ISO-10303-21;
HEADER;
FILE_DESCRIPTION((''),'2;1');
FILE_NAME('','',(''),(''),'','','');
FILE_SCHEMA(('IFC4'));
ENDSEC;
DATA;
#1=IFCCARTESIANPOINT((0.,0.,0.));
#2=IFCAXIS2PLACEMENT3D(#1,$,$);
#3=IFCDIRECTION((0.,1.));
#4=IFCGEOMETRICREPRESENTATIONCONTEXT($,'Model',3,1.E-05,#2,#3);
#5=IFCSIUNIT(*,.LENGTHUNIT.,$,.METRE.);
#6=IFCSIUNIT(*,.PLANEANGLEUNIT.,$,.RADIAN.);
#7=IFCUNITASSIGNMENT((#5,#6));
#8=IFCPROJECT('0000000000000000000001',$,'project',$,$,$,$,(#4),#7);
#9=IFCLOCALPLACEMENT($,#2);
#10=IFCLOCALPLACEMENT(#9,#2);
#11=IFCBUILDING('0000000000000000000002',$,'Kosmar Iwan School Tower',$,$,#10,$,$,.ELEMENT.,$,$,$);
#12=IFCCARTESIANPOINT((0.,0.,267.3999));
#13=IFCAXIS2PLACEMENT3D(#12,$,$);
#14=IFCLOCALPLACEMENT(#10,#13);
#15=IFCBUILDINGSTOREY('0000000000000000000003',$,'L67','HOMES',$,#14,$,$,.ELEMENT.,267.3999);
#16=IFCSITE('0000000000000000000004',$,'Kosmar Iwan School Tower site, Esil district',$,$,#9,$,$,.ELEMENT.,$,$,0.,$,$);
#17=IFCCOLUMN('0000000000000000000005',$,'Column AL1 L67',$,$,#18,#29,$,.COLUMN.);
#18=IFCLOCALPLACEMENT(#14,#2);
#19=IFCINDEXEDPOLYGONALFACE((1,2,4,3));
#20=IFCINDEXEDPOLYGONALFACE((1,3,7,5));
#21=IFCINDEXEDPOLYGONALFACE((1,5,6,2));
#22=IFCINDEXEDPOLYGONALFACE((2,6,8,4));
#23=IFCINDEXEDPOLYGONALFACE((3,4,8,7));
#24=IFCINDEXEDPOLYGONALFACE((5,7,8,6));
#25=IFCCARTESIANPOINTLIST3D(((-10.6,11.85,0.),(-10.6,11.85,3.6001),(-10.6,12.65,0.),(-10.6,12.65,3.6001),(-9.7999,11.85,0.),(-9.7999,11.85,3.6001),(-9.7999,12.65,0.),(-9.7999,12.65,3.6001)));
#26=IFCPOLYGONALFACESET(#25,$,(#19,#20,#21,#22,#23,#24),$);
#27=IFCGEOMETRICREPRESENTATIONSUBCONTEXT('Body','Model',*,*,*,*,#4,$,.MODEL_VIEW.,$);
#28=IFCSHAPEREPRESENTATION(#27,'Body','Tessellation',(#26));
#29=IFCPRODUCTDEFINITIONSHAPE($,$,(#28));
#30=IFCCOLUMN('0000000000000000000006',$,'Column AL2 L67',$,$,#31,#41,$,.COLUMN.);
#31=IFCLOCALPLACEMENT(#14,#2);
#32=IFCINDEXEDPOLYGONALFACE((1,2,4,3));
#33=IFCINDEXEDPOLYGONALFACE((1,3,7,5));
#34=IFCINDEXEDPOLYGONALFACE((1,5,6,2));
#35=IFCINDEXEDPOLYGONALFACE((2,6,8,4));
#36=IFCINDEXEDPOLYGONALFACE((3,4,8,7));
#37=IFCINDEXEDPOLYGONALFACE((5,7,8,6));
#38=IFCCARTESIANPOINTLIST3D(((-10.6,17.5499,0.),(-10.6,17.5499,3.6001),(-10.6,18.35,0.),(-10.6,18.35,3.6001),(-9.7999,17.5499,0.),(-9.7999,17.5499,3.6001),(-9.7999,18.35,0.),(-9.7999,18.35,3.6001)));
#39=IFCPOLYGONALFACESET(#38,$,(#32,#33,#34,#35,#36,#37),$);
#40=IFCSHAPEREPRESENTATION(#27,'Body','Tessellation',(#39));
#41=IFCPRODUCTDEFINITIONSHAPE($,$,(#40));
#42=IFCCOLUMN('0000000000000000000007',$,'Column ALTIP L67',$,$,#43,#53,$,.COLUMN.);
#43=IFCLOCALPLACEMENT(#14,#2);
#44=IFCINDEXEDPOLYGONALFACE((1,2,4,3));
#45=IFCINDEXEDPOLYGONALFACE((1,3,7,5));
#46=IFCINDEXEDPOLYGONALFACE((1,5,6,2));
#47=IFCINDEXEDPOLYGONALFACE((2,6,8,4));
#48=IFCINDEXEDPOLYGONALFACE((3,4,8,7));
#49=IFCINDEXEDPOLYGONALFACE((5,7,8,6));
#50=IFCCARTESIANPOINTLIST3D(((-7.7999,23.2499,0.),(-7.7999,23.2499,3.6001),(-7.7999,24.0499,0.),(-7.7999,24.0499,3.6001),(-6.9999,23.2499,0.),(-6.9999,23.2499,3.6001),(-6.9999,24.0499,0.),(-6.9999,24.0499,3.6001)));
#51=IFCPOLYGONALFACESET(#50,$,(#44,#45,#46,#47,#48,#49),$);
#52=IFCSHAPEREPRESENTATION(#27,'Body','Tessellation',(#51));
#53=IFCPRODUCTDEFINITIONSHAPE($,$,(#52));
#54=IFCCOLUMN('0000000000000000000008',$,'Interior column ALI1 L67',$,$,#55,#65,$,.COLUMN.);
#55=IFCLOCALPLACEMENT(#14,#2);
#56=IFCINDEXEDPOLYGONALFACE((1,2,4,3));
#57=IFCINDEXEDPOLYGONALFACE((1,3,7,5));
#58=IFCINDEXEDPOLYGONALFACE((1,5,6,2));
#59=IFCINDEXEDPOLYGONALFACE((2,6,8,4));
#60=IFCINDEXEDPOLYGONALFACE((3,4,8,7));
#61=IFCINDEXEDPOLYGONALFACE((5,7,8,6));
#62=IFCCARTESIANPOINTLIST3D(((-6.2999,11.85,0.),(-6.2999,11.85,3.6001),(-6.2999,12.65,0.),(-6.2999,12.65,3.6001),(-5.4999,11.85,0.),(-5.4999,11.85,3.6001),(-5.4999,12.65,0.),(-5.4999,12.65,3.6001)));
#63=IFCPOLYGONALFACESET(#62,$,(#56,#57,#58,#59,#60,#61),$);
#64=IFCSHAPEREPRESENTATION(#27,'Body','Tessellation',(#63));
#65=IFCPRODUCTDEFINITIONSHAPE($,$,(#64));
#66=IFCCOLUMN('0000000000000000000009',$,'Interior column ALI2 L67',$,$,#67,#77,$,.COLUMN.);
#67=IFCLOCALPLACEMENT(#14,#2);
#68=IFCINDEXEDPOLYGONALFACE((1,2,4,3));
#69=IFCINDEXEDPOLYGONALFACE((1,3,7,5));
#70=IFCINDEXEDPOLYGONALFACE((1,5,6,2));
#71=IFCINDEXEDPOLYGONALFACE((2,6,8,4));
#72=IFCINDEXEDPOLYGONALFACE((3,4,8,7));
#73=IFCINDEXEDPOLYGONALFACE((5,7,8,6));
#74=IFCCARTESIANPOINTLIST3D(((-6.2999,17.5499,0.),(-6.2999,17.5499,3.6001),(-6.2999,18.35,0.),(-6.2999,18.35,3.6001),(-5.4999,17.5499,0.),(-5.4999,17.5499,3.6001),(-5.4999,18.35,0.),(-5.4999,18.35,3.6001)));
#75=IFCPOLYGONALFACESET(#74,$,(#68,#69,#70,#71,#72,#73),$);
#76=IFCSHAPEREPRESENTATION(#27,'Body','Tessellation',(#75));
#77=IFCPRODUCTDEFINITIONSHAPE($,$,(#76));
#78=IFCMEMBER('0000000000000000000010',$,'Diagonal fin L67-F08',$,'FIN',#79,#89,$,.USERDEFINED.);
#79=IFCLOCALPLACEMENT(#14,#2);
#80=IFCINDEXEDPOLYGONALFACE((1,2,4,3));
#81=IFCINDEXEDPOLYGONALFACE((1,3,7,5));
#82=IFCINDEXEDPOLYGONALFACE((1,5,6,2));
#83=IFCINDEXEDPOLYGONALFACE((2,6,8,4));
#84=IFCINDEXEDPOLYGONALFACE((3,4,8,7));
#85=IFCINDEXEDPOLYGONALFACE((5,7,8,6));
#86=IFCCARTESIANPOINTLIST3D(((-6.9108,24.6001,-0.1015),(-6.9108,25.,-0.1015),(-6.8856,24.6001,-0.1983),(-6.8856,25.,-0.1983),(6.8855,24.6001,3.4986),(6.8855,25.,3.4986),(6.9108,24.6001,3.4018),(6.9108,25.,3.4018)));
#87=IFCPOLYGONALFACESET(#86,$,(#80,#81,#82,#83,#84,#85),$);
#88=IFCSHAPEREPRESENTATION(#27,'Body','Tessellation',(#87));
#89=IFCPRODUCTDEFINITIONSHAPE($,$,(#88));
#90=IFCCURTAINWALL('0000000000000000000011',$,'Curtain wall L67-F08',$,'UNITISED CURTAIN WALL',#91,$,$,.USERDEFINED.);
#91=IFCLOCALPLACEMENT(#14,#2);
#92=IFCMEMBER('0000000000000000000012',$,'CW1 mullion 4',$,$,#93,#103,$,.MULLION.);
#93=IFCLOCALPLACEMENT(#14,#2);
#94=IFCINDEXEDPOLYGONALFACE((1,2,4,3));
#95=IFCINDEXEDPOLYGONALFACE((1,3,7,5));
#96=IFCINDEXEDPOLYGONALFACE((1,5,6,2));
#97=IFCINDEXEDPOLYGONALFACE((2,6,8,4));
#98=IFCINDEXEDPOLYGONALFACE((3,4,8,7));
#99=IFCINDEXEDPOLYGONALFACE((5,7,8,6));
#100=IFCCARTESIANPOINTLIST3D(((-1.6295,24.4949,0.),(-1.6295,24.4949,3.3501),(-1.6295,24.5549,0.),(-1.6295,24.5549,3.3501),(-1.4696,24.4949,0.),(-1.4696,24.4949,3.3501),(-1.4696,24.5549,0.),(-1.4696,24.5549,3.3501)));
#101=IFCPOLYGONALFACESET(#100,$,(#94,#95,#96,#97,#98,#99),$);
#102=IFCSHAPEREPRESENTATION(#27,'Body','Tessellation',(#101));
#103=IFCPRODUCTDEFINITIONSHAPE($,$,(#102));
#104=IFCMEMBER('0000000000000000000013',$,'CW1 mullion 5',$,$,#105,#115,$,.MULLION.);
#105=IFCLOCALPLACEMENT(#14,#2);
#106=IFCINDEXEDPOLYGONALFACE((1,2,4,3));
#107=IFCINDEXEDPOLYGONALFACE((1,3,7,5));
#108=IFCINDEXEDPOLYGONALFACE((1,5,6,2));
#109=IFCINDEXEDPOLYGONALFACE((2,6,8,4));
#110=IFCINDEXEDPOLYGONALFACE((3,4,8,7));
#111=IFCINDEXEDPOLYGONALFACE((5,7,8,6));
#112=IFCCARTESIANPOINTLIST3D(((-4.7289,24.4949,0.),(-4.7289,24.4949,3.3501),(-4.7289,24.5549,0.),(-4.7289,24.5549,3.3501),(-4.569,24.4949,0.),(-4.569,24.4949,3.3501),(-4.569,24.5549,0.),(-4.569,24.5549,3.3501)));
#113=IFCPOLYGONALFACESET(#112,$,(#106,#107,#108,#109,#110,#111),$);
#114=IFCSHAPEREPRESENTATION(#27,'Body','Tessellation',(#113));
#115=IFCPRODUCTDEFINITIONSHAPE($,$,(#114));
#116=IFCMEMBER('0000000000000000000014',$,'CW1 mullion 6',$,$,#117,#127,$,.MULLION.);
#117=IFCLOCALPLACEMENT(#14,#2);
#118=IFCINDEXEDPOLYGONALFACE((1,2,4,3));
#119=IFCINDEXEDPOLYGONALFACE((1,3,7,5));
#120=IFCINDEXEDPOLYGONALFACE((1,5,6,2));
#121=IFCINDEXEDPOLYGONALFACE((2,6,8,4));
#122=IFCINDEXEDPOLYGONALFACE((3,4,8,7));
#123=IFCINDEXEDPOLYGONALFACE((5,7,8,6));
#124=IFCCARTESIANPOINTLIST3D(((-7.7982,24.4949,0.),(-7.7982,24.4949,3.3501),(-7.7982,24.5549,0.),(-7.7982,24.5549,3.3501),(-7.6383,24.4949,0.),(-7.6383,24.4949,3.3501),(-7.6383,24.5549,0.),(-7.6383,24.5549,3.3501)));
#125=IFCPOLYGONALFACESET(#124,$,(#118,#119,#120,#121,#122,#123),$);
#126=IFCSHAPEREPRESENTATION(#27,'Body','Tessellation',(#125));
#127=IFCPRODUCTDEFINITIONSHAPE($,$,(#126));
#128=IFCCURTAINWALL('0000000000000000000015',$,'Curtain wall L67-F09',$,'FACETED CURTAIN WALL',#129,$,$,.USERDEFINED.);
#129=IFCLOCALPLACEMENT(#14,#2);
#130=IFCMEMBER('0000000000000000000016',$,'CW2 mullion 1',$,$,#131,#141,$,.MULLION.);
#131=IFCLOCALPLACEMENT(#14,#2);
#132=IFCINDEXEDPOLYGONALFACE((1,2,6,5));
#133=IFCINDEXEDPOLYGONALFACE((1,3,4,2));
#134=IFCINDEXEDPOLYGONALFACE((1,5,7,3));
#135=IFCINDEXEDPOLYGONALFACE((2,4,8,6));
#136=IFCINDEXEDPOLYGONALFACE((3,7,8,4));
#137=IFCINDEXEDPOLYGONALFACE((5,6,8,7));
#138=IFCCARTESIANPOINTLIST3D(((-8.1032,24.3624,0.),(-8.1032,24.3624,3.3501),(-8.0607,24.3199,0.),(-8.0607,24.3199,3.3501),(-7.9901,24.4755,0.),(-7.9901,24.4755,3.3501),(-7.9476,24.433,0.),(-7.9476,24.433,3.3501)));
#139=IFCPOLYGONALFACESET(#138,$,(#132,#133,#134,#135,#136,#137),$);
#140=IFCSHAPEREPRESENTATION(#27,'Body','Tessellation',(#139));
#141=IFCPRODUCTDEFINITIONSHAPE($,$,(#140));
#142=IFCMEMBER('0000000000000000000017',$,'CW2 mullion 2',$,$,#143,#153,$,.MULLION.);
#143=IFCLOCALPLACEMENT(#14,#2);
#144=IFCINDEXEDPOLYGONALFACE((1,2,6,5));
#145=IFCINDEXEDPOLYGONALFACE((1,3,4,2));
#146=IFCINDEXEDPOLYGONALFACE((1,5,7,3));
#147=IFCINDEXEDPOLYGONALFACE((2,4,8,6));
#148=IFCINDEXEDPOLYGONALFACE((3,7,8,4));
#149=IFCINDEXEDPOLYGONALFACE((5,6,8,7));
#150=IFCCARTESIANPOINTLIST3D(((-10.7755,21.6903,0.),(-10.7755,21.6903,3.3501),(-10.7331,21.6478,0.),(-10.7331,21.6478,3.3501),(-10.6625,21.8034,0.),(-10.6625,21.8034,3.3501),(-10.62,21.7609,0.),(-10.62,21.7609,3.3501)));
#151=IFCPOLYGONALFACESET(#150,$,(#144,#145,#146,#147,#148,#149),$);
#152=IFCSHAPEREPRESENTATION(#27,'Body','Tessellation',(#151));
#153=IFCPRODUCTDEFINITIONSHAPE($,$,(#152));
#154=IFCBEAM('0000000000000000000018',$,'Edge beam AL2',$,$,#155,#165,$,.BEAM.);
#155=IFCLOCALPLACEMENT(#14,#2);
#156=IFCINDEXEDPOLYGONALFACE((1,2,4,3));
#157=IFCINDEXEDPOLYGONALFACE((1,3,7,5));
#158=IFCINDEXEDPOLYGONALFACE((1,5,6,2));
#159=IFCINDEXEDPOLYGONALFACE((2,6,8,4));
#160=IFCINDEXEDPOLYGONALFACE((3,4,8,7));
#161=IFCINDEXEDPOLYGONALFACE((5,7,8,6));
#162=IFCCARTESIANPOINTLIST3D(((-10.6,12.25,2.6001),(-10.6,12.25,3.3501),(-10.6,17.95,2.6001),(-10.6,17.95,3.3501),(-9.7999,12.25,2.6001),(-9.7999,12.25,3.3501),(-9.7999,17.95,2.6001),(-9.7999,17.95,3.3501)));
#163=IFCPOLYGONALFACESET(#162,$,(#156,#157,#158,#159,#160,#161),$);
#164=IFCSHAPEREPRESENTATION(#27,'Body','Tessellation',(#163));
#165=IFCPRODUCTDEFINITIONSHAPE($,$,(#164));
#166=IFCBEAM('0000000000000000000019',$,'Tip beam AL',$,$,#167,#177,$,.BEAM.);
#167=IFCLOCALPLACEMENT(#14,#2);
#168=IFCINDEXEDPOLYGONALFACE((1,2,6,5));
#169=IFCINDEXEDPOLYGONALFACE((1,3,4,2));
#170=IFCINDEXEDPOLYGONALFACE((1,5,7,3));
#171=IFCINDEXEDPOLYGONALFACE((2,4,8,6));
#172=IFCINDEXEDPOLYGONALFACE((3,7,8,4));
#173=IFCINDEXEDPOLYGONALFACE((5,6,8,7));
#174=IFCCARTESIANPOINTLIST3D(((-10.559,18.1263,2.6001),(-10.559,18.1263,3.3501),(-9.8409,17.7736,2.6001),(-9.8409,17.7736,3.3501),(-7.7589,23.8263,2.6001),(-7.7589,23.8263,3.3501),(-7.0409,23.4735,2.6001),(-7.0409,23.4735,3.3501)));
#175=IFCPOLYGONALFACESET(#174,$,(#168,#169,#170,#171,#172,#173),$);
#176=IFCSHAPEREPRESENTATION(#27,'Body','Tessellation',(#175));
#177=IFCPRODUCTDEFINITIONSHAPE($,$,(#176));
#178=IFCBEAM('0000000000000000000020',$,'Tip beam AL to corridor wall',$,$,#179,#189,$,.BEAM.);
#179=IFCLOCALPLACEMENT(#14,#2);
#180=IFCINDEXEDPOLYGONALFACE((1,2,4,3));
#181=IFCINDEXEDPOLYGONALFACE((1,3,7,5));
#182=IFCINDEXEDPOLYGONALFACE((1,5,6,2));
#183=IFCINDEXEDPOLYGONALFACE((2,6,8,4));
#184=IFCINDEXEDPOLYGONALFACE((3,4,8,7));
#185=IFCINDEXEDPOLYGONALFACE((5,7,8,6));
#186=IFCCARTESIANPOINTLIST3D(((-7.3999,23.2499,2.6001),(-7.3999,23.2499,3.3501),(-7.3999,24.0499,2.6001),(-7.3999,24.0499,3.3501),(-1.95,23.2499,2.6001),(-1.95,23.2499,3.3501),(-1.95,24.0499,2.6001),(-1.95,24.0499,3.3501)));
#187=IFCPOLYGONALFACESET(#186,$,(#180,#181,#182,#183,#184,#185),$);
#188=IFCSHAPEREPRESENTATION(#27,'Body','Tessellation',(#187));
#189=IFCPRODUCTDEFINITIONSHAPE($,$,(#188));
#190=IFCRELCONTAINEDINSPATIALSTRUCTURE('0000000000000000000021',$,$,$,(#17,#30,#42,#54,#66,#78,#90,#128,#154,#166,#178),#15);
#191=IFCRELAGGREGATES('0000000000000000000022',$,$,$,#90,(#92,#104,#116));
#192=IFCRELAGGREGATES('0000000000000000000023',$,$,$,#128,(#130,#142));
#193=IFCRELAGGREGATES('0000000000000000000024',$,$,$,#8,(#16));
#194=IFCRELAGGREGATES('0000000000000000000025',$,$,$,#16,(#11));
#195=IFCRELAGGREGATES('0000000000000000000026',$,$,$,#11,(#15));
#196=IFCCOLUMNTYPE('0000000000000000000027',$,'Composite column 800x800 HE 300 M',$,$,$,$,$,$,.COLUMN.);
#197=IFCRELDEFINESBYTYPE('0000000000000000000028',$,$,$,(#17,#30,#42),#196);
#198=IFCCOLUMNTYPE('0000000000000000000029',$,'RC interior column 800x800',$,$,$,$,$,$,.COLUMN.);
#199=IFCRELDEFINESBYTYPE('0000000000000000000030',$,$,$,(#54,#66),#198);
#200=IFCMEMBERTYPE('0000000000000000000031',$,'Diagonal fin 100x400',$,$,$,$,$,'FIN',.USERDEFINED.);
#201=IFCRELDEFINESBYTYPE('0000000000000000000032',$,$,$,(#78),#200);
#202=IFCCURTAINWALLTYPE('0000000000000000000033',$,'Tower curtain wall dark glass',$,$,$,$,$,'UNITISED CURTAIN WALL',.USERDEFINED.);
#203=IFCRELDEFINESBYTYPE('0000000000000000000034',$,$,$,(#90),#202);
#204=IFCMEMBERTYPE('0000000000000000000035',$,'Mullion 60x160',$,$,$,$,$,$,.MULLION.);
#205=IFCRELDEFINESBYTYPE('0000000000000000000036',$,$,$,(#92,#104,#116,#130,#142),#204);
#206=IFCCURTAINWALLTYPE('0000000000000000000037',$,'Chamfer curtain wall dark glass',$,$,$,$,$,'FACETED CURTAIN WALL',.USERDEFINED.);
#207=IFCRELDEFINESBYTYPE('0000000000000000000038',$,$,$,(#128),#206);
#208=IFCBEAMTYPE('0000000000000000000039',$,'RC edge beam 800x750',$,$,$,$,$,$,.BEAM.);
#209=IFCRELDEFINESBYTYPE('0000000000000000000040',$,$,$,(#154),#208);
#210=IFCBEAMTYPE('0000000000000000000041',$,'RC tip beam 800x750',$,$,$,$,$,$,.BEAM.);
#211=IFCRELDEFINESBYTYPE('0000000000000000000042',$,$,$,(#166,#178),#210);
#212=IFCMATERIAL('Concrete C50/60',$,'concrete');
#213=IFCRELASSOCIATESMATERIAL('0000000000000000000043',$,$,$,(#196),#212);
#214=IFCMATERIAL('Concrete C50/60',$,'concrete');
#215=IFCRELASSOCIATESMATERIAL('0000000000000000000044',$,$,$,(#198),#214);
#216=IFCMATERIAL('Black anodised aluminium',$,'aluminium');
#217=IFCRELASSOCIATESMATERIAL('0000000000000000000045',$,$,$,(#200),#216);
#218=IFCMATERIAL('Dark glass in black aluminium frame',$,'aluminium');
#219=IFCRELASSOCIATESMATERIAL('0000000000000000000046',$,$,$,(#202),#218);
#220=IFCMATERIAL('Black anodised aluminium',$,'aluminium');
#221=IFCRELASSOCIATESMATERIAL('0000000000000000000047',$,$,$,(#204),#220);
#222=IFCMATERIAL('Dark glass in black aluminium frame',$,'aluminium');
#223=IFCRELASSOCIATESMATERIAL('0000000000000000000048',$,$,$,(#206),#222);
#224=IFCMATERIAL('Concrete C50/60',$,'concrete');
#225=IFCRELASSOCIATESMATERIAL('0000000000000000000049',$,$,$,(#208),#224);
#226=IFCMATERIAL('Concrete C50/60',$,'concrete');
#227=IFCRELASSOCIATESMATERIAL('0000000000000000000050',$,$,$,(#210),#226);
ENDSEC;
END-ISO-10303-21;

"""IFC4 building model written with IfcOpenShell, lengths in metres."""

from ifc_helpers import new_model, si_unit, direction, frame, origin, origin_2d, place, context, subcontext, project, spatial, rectangle, extrude, material, material_profile, profile_set, type_object, element, aggregate, save


model = new_model("IFC4")

# Units and contexts
model_context = context("Model", 3, precision=1e-05, world=origin(), true_north=direction((0.0, 1.0)))
body_context = subcontext(model_context, "Body", "Model", "MODEL_VIEW")
ifc_project = project(units=[si_unit("LENGTHUNIT", "METRE"), si_unit("PLANEANGLEUNIT", "RADIAN")], contexts=[model_context])

# Site, building, storey
site_placement = place(None, origin())
site = spatial("IfcSite", under=ifc_project, at=site_placement, Name="Kosmar Iwan School Tower site, Esil district", CompositionType="ELEMENT", RefElevation=0.0)
building_placement = place(site_placement, origin())
building = spatial("IfcBuilding", under=site, at=building_placement, Name="Kosmar Iwan School Tower", CompositionType="ELEMENT")
storey_placement = place(building_placement, frame((0.0, 0.0, 267.3999)))
storey = spatial("IfcBuildingStorey", under=building, at=storey_placement, Name="L67", Description="HOMES", CompositionType="ELEMENT", Elevation=267.3999)

# Columns
ifc_material_1 = material(Name="Concrete C50/60", Category="concrete")
ifc_material_profile_1 = material_profile(ifc_material_1, rectangle(XDim=0.8, YDim=0.8, at=origin_2d()), Name="RC 800x800 + HE 300 M")
ifc_profile_set_1 = profile_set([ifc_material_profile_1], Name="Concrete C50/60")
column_type_1 = type_object("IfcColumnType", Name="Composite column 800x800 HE 300 M", PredefinedType="COLUMN", material=ifc_profile_set_1)
for number, where, z_axis, x_axis, name in (
    (1, (-10.2, 12.25, 0.0), (0.0, 0.0, 1.0), (0.0, 1.0, 0.0), "Column AL1 L67"),
    (2, (-10.2, 17.95, 0.0), (0.0, 0.0, 1.0), (0.0, 1.0, 0.0), "Column AL2 L67"),
    (3, (-7.3999, 23.6499, 0.0), (0.0, 0.0, 1.0), (0.0, 1.0, 0.0), "Column ALTIP L67"),
):
    element("IfcColumn", number, at=place(storey_placement, frame(where, z_axis=z_axis, x_axis=x_axis)), inside=storey, type_object=column_type_1, Name=name, PredefinedType="COLUMN", context=body_context, shape_type="SweptSolid", body=[
        extrude(rectangle(XDim=0.8, YDim=0.8, at=origin_2d()), origin(), (0.0, 0.0, 1.0), 3.6001),
    ])
ifc_material_2 = material(Name="Concrete C50/60", Category="concrete")
ifc_material_profile_2 = material_profile(ifc_material_2, rectangle(XDim=0.8, YDim=0.8, at=origin_2d()), Name="RC 800x800")
ifc_profile_set_2 = profile_set([ifc_material_profile_2], Name="Concrete C50/60")
column_type_2 = type_object("IfcColumnType", Name="RC interior column 800x800", PredefinedType="COLUMN", material=ifc_profile_set_2)
for number, where, z_axis, x_axis, name in (
    (4, (-5.8999, 12.25, 0.0), (0.0, 0.0, 1.0), (0.0, 1.0, 0.0), "Interior column ALI1 L67"),
    (5, (-5.8999, 17.95, 0.0), (0.0, 0.0, 1.0), (0.0, 1.0, 0.0), "Interior column ALI2 L67"),
):
    element("IfcColumn", number, at=place(storey_placement, frame(where, z_axis=z_axis, x_axis=x_axis)), inside=storey, type_object=column_type_2, Name=name, PredefinedType="COLUMN", context=body_context, shape_type="SweptSolid", body=[
        extrude(rectangle(XDim=0.8, YDim=0.8, at=origin_2d()), origin(), (0.0, 0.0, 1.0), 3.6001),
    ])

# Member
ifc_material_3 = material(Name="Black anodised aluminium", Category="aluminium")
ifc_material_profile_3 = material_profile(ifc_material_3, rectangle(XDim=0.1001, YDim=0.3999, at=origin_2d()), Name="FIN 100x400")
ifc_profile_set_3 = profile_set([ifc_material_profile_3], Name="Black anodised aluminium")
member_type_1 = type_object("IfcMemberType", Name="Diagonal fin 100x400", ElementType="FIN", PredefinedType="USERDEFINED", material=ifc_profile_set_3)
member_1_placement = place(storey_placement, frame((-6.8982, 24.8, -0.1499), z_axis=(0.967599, 0.0, 0.25249), x_axis=(-0.25249, 0.0, 0.967599)))
element("IfcMember", 6, at=member_1_placement, inside=storey, type_object=member_type_1, Name="Diagonal fin L67-F08", ObjectType="FIN", PredefinedType="USERDEFINED", context=body_context, shape_type="SweptSolid", body=[
    extrude(rectangle(XDim=0.1001, YDim=0.3999, at=origin_2d()), origin(), (0.0, 0.0, 1.0), 14.2583),
])

# Curtain walls, members
ifc_material_4 = material(Name="Dark glass in black aluminium frame", Category="aluminium")
curtain_wall_type_1 = type_object("IfcCurtainWallType", Name="Tower curtain wall dark glass", ElementType="UNITISED CURTAIN WALL", PredefinedType="USERDEFINED", material=ifc_material_4)
curtain_wall_1_placement = place(storey_placement, origin())
curtain_wall_1 = element("IfcCurtainWall", 7, at=curtain_wall_1_placement, inside=storey, type_object=curtain_wall_type_1, Name="Curtain wall L67-F08", ObjectType="UNITISED CURTAIN WALL", PredefinedType="USERDEFINED")
ifc_material_5 = material(Name="Black anodised aluminium", Category="aluminium")
ifc_material_profile_4 = material_profile(ifc_material_5, rectangle(XDim=0.0601, YDim=0.1599, at=origin_2d()), Name="MULLION 60x160")
ifc_profile_set_4 = profile_set([ifc_material_profile_4], Name="Black anodised aluminium")
member_type_2 = type_object("IfcMemberType", Name="Mullion 60x160", PredefinedType="MULLION", material=ifc_profile_set_4)
member_2_placement = place(storey_placement, frame((-1.5496, 24.5249, 0.0), z_axis=(0.0, 0.0, 1.0), x_axis=(0.0, -1.0, 0.0)))
member_2 = element("IfcMember", 8, at=member_2_placement, type_object=member_type_2, Name="CW1 mullion 4", PredefinedType="MULLION", context=body_context, shape_type="SweptSolid", body=[
    extrude(rectangle(XDim=0.0601, YDim=0.1599, at=origin_2d()), origin(), (0.0, 0.0, 1.0), 3.3501),
])
member_3_placement = place(storey_placement, frame((-4.6489, 24.5249, 0.0), z_axis=(0.0, 0.0, 1.0), x_axis=(0.0, -1.0, 0.0)))
member_3 = element("IfcMember", 9, at=member_3_placement, type_object=member_type_2, Name="CW1 mullion 5", PredefinedType="MULLION", context=body_context, shape_type="SweptSolid", body=[
    extrude(rectangle(XDim=0.0601, YDim=0.1599, at=origin_2d()), origin(), (0.0, 0.0, 1.0), 3.3501),
])
member_4_placement = place(storey_placement, frame((-7.7183, 24.5249, 0.0), z_axis=(0.0, 0.0, 1.0), x_axis=(0.0, -1.0, 0.0)))
member_4 = element("IfcMember", 10, at=member_4_placement, type_object=member_type_2, Name="CW1 mullion 6", PredefinedType="MULLION", context=body_context, shape_type="SweptSolid", body=[
    extrude(rectangle(XDim=0.0601, YDim=0.1599, at=origin_2d()), origin(), (0.0, 0.0, 1.0), 3.3501),
])
ifc_material_6 = material(Name="Dark glass in black aluminium frame", Category="aluminium")
curtain_wall_type_2 = type_object("IfcCurtainWallType", Name="Chamfer curtain wall dark glass", ElementType="FACETED CURTAIN WALL", PredefinedType="USERDEFINED", material=ifc_material_6)
curtain_wall_2_placement = place(storey_placement, origin())
curtain_wall_2 = element("IfcCurtainWall", 11, at=curtain_wall_2_placement, inside=storey, type_object=curtain_wall_type_2, Name="Curtain wall L67-F09", ObjectType="FACETED CURTAIN WALL", PredefinedType="USERDEFINED")
member_5_placement = place(storey_placement, frame((-8.0254, 24.3977, 0.0), z_axis=(0.0, 0.0, 1.0), x_axis=(0.707107, -0.707107, 0.0)))
member_5 = element("IfcMember", 12, at=member_5_placement, type_object=member_type_2, Name="CW2 mullion 1", PredefinedType="MULLION", context=body_context, shape_type="SweptSolid", body=[
    extrude(rectangle(XDim=0.0601, YDim=0.1599, at=origin_2d()), origin(), (0.0, 0.0, 1.0), 3.3501),
])
member_6_placement = place(storey_placement, frame((-10.6978, 21.7256, 0.0), z_axis=(0.0, 0.0, 1.0), x_axis=(0.707107, -0.707107, 0.0)))
member_6 = element("IfcMember", 13, at=member_6_placement, type_object=member_type_2, Name="CW2 mullion 2", PredefinedType="MULLION", context=body_context, shape_type="SweptSolid", body=[
    extrude(rectangle(XDim=0.0601, YDim=0.1599, at=origin_2d()), origin(), (0.0, 0.0, 1.0), 3.3501),
])

# Beams
ifc_material_7 = material(Name="Concrete C50/60", Category="concrete")
ifc_material_profile_5 = material_profile(ifc_material_7, rectangle(XDim=0.8, YDim=0.75, at=origin_2d()), Name="RC 800x750")
ifc_profile_set_5 = profile_set([ifc_material_profile_5], Name="Concrete C50/60")
beam_type_1 = type_object("IfcBeamType", Name="RC edge beam 800x750", PredefinedType="BEAM", material=ifc_profile_set_5)
beam_1_placement = place(storey_placement, frame((-10.2, 12.25, 2.9751), z_axis=(0.0, 1.0, 0.0), x_axis=(-1.0, 0.0, 0.0)))
element("IfcBeam", 14, at=beam_1_placement, inside=storey, type_object=beam_type_1, Name="Edge beam AL2", PredefinedType="BEAM", context=body_context, shape_type="SweptSolid", body=[
    extrude(rectangle(XDim=0.8, YDim=0.75, at=origin_2d()), origin(), (0.0, 0.0, 1.0), 5.7),
])
ifc_material_8 = material(Name="Concrete C50/60", Category="concrete")
ifc_material_profile_6 = material_profile(ifc_material_8, rectangle(XDim=0.8, YDim=0.75, at=origin_2d()), Name="RC 800x750")
ifc_profile_set_6 = profile_set([ifc_material_profile_6], Name="Concrete C50/60")
beam_type_2 = type_object("IfcBeamType", Name="RC tip beam 800x750", PredefinedType="BEAM", material=ifc_profile_set_6)
beam_2_placement = place(storey_placement, frame((-10.2, 17.95, 2.9751), z_axis=(0.440913, 0.89755, 0.0), x_axis=(-0.89755, 0.440913, 0.0)))
element("IfcBeam", 15, at=beam_2_placement, inside=storey, type_object=beam_type_2, Name="Tip beam AL", PredefinedType="BEAM", context=body_context, shape_type="SweptSolid", body=[
    extrude(rectangle(XDim=0.8, YDim=0.75, at=origin_2d()), origin(), (0.0, 0.0, 1.0), 6.3506),
])
beam_3_placement = place(storey_placement, frame((-7.3999, 23.6499, 2.9751), z_axis=(1.0, 0.0, 0.0), x_axis=(0.0, 1.0, 0.0)))
element("IfcBeam", 16, at=beam_3_placement, inside=storey, type_object=beam_type_2, Name="Tip beam AL to corridor wall", PredefinedType="BEAM", context=body_context, shape_type="SweptSolid", body=[
    extrude(rectangle(XDim=0.8, YDim=0.75, at=origin_2d()), origin(), (0.0, 0.0, 1.0), 5.45),
])

aggregate(curtain_wall_1, [member_2, member_3, member_4])
aggregate(curtain_wall_2, [member_5, member_6])

save(model, "model.ifc")
